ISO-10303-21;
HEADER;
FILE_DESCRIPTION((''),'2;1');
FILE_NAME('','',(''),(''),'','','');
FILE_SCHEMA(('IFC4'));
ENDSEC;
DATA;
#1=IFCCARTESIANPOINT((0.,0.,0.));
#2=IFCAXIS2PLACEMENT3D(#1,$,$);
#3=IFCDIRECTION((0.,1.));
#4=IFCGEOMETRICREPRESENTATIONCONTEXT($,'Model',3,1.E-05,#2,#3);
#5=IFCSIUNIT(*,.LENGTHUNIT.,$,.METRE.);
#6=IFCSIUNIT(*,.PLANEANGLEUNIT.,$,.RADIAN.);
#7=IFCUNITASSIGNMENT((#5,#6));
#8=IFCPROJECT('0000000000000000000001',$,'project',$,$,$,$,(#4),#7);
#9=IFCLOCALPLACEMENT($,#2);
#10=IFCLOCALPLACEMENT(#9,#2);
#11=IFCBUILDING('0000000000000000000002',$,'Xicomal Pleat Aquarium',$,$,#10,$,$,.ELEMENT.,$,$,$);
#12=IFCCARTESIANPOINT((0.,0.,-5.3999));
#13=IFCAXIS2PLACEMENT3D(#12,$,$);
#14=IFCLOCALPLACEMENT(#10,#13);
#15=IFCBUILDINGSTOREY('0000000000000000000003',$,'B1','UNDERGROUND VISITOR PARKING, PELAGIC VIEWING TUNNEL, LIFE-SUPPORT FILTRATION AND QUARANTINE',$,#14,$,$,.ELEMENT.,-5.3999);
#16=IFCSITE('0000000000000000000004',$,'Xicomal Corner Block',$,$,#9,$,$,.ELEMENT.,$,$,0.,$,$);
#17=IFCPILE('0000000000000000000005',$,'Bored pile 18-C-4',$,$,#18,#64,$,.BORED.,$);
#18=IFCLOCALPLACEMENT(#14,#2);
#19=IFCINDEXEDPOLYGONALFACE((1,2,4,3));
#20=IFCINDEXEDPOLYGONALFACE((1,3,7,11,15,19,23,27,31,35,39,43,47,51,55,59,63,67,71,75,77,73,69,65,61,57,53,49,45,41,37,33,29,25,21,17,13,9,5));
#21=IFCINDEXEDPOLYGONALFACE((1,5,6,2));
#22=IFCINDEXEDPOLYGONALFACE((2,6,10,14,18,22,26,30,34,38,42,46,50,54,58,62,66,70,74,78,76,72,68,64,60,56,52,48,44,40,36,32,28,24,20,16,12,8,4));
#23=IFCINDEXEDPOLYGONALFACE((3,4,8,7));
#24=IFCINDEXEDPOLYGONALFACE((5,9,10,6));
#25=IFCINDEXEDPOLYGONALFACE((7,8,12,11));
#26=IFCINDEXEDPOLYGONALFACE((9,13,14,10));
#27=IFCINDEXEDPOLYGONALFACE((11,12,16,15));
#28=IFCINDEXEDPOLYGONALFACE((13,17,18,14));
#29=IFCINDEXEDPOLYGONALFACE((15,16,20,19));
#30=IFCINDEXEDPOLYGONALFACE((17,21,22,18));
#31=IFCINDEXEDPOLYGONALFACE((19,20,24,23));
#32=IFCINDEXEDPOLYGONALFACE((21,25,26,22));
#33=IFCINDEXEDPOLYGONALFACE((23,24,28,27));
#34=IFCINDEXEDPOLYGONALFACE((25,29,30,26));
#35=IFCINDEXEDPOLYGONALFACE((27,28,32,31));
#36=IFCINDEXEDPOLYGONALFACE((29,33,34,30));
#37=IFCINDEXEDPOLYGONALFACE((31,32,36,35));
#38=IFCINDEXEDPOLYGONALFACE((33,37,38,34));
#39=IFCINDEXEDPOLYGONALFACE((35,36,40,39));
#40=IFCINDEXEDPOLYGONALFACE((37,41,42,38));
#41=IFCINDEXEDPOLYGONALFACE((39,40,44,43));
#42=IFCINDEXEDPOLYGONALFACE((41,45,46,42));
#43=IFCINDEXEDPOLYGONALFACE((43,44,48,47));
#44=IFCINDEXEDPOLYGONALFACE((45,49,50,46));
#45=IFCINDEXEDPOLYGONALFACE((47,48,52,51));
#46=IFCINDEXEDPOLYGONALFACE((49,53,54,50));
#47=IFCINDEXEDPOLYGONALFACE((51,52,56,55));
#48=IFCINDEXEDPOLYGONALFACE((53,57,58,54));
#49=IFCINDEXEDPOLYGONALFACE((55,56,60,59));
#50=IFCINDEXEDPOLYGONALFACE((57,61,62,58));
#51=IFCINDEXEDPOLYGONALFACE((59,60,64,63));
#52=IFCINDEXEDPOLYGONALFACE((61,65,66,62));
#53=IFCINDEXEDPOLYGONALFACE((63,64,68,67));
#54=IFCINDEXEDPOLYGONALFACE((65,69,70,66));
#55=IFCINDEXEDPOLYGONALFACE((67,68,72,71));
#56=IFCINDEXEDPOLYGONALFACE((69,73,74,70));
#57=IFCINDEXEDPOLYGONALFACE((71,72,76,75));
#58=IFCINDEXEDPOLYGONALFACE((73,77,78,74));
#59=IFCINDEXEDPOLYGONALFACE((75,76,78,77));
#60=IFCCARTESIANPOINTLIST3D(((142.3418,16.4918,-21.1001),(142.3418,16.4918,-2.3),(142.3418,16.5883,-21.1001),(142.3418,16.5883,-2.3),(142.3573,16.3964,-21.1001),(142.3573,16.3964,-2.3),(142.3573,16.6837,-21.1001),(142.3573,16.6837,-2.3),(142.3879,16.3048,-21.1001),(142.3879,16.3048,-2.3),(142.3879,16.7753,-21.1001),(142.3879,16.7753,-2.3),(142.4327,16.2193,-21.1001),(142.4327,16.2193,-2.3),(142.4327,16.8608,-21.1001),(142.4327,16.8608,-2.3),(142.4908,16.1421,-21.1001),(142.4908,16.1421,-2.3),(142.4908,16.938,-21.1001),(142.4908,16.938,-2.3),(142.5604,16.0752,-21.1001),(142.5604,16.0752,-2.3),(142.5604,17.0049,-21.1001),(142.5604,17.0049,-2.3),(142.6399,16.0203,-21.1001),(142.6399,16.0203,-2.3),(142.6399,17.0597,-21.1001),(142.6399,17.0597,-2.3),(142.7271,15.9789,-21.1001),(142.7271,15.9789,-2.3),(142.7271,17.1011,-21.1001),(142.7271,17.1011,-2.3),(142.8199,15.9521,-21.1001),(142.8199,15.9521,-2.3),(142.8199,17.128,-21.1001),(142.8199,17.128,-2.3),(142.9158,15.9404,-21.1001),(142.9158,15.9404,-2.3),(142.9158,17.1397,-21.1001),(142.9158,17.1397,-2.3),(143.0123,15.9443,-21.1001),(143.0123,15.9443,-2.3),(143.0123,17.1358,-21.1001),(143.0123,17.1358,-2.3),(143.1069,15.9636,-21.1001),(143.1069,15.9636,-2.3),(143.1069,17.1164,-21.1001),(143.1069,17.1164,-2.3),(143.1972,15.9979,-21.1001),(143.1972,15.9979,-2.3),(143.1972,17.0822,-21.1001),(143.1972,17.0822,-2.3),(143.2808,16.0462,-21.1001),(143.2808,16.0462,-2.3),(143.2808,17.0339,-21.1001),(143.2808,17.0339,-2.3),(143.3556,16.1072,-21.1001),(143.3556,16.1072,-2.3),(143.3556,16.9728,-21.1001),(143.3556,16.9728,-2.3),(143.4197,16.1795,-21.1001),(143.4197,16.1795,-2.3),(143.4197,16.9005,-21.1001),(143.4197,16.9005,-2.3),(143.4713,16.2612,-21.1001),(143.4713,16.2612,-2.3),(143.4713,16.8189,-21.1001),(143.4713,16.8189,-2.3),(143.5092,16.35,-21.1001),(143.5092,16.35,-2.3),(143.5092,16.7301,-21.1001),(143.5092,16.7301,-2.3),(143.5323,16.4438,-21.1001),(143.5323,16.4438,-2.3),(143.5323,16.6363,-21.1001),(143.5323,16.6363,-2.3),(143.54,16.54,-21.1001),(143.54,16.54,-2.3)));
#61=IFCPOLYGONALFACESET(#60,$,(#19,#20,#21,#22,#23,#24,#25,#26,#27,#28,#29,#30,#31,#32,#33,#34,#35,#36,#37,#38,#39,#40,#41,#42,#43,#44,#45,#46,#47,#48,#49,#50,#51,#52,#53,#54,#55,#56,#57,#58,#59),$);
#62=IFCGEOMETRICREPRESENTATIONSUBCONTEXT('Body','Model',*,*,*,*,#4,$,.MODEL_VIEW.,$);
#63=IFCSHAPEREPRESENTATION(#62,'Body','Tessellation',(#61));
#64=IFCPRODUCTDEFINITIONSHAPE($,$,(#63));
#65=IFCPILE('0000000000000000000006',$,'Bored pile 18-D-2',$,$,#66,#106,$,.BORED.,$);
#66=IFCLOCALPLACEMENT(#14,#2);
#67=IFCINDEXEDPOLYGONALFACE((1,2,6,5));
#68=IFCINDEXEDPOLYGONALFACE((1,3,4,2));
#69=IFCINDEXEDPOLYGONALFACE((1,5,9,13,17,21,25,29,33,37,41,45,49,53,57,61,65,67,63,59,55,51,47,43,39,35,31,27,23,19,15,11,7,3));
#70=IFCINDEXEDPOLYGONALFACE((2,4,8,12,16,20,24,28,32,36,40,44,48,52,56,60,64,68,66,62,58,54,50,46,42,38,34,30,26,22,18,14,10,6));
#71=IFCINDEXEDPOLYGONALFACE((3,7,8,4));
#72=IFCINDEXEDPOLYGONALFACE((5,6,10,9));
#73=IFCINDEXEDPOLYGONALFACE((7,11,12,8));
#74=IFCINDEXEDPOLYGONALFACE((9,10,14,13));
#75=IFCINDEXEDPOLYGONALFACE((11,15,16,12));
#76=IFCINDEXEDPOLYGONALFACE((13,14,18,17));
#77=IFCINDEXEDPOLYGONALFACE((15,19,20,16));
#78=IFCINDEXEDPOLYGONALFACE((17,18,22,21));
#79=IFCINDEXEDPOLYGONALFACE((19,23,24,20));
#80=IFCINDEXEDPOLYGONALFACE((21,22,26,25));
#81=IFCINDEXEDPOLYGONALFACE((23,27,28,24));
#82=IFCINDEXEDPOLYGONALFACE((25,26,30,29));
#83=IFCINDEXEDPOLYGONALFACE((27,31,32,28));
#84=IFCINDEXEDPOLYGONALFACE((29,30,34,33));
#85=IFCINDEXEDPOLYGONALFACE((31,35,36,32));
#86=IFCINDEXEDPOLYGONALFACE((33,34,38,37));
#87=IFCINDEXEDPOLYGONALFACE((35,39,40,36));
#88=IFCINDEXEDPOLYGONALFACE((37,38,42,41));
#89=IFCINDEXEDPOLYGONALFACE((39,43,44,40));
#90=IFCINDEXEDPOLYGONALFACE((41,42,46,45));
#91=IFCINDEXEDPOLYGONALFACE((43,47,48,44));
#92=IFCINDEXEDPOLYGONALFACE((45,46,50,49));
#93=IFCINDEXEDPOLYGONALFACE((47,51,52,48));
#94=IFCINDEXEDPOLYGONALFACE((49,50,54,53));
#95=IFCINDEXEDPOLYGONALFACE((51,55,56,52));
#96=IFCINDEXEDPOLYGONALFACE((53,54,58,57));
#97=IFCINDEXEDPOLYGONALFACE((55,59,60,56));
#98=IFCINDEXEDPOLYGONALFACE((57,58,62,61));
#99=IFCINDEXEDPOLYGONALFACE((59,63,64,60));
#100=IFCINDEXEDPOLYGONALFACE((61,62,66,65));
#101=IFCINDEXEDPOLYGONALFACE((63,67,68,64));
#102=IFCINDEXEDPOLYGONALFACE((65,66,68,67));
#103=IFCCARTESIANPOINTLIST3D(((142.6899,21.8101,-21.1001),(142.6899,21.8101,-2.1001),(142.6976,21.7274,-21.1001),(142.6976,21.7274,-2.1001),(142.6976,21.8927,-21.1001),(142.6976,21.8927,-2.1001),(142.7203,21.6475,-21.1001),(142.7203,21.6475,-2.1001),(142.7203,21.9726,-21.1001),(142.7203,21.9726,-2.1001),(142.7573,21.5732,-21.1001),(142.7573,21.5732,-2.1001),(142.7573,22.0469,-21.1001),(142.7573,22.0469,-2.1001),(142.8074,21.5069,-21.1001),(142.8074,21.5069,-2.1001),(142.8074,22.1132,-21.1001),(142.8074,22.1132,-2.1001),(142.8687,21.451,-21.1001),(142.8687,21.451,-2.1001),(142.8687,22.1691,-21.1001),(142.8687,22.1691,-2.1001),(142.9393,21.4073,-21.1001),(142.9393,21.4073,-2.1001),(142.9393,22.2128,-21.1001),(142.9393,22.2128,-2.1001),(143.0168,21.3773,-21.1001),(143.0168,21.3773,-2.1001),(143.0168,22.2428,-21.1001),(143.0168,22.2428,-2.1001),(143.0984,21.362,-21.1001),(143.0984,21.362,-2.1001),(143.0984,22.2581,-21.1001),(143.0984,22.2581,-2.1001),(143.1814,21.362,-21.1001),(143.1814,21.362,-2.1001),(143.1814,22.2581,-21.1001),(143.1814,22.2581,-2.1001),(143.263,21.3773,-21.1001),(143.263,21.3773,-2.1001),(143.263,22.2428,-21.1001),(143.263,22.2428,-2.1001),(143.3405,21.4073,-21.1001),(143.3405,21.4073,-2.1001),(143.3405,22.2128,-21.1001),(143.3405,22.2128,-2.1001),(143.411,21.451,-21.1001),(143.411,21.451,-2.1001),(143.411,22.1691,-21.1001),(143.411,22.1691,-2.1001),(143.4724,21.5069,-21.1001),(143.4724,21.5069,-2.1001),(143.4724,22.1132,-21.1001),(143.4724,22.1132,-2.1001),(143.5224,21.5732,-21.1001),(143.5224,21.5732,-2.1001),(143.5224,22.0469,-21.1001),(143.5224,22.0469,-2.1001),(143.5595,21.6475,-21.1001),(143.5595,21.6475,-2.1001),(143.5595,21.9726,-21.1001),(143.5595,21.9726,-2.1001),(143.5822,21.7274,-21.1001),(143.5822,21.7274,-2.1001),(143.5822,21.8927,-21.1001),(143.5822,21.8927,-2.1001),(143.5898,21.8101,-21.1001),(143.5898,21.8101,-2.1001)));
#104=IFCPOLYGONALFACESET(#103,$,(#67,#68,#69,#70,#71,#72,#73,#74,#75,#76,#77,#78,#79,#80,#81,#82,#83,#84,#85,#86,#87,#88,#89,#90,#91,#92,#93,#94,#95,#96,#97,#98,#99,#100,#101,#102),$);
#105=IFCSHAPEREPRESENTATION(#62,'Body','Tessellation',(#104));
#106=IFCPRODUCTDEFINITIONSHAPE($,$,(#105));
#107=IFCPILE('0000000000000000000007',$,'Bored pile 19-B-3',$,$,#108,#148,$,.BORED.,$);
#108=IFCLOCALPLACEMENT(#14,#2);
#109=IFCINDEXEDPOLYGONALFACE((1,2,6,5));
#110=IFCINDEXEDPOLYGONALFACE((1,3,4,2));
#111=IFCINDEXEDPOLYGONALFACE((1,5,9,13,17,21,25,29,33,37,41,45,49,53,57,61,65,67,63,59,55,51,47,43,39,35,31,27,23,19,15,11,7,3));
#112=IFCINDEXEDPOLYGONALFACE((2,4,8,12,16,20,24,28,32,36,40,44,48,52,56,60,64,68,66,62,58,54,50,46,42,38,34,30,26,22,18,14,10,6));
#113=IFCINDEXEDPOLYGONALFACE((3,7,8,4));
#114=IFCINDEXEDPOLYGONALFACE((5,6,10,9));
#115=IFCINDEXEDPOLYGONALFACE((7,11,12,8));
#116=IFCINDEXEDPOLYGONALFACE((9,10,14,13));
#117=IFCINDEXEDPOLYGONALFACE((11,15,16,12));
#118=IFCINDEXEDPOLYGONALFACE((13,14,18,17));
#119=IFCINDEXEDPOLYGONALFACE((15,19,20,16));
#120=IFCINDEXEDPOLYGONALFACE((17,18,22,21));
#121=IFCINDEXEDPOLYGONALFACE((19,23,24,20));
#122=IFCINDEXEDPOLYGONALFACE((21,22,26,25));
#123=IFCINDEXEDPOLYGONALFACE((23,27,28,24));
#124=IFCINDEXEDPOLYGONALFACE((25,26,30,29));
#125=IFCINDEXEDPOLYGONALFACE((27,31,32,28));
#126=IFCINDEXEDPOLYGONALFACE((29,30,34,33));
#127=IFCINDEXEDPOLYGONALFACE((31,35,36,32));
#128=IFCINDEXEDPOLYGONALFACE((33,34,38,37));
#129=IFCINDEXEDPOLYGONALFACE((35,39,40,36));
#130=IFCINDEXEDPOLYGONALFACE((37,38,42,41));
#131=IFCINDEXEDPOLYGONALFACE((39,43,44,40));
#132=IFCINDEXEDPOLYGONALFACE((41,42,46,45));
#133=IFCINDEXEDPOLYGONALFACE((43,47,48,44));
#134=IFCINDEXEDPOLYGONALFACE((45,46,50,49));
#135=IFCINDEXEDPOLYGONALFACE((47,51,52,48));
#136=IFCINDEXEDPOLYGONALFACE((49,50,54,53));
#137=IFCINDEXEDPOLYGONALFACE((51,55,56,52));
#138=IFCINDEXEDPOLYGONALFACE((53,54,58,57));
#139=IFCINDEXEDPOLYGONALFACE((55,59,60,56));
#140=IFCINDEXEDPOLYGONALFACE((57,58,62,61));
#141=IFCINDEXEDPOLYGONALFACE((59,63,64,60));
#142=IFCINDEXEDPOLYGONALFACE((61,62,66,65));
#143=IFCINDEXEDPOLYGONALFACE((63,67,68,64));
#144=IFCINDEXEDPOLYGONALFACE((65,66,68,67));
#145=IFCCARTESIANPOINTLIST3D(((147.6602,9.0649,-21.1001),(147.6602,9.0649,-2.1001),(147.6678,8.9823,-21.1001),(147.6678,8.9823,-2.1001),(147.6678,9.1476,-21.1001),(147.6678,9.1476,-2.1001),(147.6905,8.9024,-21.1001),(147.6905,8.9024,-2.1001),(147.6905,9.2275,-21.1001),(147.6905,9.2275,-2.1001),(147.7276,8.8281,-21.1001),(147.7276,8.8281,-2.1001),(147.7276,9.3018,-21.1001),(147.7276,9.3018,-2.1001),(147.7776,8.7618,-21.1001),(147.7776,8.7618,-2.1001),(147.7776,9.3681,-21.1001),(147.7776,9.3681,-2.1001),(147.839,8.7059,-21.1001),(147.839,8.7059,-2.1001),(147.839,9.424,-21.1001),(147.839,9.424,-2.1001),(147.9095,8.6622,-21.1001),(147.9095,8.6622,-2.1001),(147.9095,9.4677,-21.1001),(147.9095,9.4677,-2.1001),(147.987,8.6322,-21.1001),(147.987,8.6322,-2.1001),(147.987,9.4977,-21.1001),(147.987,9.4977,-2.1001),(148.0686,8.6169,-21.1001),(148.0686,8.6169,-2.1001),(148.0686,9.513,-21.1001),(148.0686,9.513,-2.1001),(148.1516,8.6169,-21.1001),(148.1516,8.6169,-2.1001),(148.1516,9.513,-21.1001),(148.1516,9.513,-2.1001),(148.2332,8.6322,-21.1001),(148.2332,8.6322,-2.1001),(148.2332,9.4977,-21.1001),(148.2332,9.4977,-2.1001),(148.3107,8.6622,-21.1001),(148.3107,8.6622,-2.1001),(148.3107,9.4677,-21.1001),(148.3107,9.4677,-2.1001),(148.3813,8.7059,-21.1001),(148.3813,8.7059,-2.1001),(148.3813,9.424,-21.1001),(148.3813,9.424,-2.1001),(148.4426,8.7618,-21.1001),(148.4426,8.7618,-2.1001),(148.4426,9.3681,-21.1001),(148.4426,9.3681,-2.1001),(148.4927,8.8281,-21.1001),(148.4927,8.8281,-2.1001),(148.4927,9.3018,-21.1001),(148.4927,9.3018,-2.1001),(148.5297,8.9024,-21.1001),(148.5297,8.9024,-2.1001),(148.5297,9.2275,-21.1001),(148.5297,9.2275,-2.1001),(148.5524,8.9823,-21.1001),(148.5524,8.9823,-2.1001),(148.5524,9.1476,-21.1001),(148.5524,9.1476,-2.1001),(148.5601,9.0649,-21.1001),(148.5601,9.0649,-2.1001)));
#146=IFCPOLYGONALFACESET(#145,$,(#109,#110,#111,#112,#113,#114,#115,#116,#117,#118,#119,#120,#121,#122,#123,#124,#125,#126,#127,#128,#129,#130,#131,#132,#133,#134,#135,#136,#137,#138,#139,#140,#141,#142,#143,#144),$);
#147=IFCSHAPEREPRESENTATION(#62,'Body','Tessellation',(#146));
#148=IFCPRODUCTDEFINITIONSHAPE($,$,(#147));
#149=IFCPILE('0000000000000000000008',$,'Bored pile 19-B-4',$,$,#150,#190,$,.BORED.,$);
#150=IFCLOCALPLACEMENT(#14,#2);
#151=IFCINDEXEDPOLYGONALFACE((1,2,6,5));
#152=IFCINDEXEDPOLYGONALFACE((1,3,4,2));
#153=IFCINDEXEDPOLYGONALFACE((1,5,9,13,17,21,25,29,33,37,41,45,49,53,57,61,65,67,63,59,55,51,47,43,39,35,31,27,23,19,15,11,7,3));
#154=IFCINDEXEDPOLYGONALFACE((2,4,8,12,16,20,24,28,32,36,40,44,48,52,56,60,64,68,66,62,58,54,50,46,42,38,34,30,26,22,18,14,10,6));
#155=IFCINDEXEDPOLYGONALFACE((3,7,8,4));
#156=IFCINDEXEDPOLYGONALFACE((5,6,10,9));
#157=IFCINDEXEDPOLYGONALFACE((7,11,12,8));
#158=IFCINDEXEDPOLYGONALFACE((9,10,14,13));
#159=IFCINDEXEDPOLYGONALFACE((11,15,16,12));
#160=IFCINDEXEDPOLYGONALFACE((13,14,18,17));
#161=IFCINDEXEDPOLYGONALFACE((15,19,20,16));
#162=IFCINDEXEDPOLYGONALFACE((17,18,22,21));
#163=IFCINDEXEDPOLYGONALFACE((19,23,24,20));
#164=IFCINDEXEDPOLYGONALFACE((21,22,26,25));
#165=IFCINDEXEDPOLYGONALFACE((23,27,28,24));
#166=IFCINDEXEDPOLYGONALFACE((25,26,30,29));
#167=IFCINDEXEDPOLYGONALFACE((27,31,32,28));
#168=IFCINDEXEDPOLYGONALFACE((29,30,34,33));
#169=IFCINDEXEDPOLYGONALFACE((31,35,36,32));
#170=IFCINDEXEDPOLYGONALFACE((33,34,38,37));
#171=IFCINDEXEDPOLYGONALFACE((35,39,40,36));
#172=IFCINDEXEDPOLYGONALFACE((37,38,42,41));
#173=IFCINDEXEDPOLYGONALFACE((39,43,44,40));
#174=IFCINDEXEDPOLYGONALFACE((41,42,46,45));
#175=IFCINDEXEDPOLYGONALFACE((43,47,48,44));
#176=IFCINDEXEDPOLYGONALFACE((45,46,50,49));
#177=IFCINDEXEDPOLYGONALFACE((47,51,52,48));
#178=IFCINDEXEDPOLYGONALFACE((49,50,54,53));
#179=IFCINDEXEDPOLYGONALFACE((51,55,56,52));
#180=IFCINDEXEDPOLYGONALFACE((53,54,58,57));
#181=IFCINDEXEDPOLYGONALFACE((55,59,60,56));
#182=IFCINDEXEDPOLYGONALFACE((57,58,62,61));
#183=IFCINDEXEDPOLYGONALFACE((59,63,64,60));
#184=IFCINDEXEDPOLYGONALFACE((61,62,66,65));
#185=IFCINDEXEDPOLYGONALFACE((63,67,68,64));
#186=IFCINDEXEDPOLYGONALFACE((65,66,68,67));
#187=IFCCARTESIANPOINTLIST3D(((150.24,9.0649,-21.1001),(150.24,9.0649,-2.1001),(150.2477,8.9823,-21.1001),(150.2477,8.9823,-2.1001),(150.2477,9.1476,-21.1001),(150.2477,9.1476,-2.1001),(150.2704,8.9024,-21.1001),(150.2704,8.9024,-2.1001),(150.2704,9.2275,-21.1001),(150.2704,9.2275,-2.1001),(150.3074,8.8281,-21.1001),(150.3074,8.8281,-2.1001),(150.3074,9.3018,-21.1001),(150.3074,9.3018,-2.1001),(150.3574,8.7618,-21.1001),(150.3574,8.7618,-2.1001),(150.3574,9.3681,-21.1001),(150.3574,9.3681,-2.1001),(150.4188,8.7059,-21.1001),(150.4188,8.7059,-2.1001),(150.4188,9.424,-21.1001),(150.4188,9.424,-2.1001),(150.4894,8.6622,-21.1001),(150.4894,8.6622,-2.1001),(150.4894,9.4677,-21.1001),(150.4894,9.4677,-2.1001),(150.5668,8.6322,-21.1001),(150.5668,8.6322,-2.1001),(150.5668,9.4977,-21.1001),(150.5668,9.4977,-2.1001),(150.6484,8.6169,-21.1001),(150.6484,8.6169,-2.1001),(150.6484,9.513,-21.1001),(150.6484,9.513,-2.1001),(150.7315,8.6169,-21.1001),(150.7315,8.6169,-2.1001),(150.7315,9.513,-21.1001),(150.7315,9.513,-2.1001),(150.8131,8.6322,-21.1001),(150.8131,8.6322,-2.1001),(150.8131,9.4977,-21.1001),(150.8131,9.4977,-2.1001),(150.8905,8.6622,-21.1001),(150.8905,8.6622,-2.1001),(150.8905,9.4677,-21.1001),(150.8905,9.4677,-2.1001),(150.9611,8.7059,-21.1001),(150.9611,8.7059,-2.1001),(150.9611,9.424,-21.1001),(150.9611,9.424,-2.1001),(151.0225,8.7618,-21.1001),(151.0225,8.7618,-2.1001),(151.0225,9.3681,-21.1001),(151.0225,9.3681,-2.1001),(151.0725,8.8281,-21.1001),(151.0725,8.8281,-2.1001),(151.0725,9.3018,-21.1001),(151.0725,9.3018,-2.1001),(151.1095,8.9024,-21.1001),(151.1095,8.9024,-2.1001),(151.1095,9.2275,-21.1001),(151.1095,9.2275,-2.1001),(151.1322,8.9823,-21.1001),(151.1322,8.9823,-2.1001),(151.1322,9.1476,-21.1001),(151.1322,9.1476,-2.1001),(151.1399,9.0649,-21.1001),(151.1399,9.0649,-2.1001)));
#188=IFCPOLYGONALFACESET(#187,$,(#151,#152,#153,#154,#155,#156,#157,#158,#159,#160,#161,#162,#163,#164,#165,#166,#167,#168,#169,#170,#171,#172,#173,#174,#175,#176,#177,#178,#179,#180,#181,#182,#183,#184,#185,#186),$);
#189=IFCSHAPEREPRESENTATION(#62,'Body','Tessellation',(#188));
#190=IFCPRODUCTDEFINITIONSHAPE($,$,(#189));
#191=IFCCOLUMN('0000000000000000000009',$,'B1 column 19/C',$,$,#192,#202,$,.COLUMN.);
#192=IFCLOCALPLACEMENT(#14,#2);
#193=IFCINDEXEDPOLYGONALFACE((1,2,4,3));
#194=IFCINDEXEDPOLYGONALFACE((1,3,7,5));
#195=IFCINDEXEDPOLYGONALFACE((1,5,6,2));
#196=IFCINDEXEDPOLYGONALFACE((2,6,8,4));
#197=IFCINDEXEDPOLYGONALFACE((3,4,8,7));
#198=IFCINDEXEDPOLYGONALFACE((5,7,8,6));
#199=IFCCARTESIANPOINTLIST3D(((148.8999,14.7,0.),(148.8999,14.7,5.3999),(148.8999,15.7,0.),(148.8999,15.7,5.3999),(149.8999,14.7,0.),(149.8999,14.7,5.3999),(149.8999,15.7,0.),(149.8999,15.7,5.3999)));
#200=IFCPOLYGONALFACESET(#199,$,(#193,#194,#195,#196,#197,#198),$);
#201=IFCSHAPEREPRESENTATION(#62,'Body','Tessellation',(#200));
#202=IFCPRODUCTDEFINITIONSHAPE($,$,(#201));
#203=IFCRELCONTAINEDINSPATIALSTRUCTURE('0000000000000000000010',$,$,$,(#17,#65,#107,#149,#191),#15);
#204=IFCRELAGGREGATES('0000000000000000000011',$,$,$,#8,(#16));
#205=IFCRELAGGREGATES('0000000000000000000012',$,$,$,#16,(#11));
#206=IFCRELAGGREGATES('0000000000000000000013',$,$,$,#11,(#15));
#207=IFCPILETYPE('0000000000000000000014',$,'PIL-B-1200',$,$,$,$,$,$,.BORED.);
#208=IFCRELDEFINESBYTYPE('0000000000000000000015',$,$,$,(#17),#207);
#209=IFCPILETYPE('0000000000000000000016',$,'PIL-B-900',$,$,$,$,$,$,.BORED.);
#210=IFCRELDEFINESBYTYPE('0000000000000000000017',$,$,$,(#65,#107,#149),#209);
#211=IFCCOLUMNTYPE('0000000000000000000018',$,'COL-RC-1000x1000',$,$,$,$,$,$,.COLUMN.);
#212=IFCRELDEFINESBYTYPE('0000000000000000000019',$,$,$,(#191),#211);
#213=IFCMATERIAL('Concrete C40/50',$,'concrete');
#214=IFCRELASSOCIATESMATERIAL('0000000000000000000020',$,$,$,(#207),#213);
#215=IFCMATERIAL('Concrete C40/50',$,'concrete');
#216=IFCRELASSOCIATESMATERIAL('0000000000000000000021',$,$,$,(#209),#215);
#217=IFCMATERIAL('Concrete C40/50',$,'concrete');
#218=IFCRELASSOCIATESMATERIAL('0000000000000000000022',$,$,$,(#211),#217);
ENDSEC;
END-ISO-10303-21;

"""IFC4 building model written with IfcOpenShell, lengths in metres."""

from ifc_helpers import new_model, si_unit, direction, frame, origin, origin_2d, place, context, subcontext, project, spatial, rectangle, circle, extrude, material, material_profile, profile_set, type_object, element, save


model = new_model("IFC4")

# Units and contexts
model_context = context("Model", 3, precision=1e-05, world=origin(), true_north=direction((0.0, 1.0)))
body_context = subcontext(model_context, "Body", "Model", "MODEL_VIEW")
ifc_project = project(units=[si_unit("LENGTHUNIT", "METRE"), si_unit("PLANEANGLEUNIT", "RADIAN")], contexts=[model_context])

# Site, building, storey
site_placement = place(None, origin())
site = spatial("IfcSite", under=ifc_project, at=site_placement, Name="Xicomal Corner Block", CompositionType="ELEMENT", RefElevation=0.0)
building_placement = place(site_placement, origin())
building = spatial("IfcBuilding", under=site, at=building_placement, Name="Xicomal Pleat Aquarium", CompositionType="ELEMENT")
storey_placement = place(building_placement, frame((0.0, 0.0, -5.3999)))
storey = spatial("IfcBuildingStorey", under=building, at=storey_placement, Name="B1", Description="UNDERGROUND VISITOR PARKING, PELAGIC VIEWING TUNNEL, LIFE-SUPPORT FILTRATION AND QUARANTINE", CompositionType="ELEMENT", Elevation=-5.3999)

# Piles
ifc_material_1 = material(Name="Concrete C40/50", Category="concrete")
ifc_material_profile_1 = material_profile(ifc_material_1, circle(Radius=0.6001, at=origin_2d()), Name="BORED PILE D1200")
ifc_profile_set_1 = profile_set([ifc_material_profile_1], Name="Concrete C40/50")
pile_type_1 = type_object("IfcPileType", Name="PIL-B-1200", PredefinedType="BORED", material=ifc_profile_set_1)
pile_1_placement = place(storey_placement, frame((142.9399, 16.54, -2.3), z_axis=(0.0, 0.0, -1.0), x_axis=(1.0, 0.0, 0.0)))
element("IfcPile", 1, at=pile_1_placement, inside=storey, type_object=pile_type_1, Name="Bored pile 18-C-4", PredefinedType="BORED", context=body_context, shape_type="SweptSolid", body=[
    extrude(circle(Radius=0.6001, at=origin_2d()), origin(), (0.0, 0.0, 1.0), 18.8),
])
ifc_material_2 = material(Name="Concrete C40/50", Category="concrete")
ifc_material_profile_2 = material_profile(ifc_material_2, circle(Radius=0.45, at=origin_2d()), Name="BORED PILE D900")
ifc_profile_set_2 = profile_set([ifc_material_profile_2], Name="Concrete C40/50")
pile_type_2 = type_object("IfcPileType", Name="PIL-B-900", PredefinedType="BORED", material=ifc_profile_set_2)
for number, where, z_axis, x_axis, name in (
    (2, (143.1399, 21.8101, -2.1001), (0.0, 0.0, -1.0), (1.0, 0.0, 0.0), "Bored pile 18-D-2"),
    (3, (148.1101, 9.0649, -2.1001), (0.0, 0.0, -1.0), (1.0, 0.0, 0.0), "Bored pile 19-B-3"),
    (4, (150.6899, 9.0649, -2.1001), (0.0, 0.0, -1.0), (1.0, 0.0, 0.0), "Bored pile 19-B-4"),
):
    element("IfcPile", number, at=place(storey_placement, frame(where, z_axis=z_axis, x_axis=x_axis)), inside=storey, type_object=pile_type_2, Name=name, PredefinedType="BORED", context=body_context, shape_type="SweptSolid", body=[
        extrude(circle(Radius=0.45, at=origin_2d()), origin(), (0.0, 0.0, 1.0), 19.0),
    ])

# Column
ifc_material_3 = material(Name="Concrete C40/50", Category="concrete")
ifc_material_profile_3 = material_profile(ifc_material_3, rectangle(XDim=1.0, YDim=1.0, at=origin_2d()), Name="RC 1000x1000")
ifc_profile_set_3 = profile_set([ifc_material_profile_3], Name="Concrete C40/50")
column_type = type_object("IfcColumnType", Name="COL-RC-1000x1000", PredefinedType="COLUMN", material=ifc_profile_set_3)
column_placement = place(storey_placement, frame((149.3999, 15.2, 0.0), z_axis=(0.0, 0.0, 1.0), x_axis=(1.0, 0.0, 0.0)))
element("IfcColumn", 5, at=column_placement, inside=storey, type_object=column_type, Name="B1 column 19/C", PredefinedType="COLUMN", context=body_context, shape_type="SweptSolid", body=[
    extrude(rectangle(XDim=1.0, YDim=1.0, at=origin_2d()), origin(), (0.0, 0.0, 1.0), 5.3999),
])

save(model, "model.ifc")
